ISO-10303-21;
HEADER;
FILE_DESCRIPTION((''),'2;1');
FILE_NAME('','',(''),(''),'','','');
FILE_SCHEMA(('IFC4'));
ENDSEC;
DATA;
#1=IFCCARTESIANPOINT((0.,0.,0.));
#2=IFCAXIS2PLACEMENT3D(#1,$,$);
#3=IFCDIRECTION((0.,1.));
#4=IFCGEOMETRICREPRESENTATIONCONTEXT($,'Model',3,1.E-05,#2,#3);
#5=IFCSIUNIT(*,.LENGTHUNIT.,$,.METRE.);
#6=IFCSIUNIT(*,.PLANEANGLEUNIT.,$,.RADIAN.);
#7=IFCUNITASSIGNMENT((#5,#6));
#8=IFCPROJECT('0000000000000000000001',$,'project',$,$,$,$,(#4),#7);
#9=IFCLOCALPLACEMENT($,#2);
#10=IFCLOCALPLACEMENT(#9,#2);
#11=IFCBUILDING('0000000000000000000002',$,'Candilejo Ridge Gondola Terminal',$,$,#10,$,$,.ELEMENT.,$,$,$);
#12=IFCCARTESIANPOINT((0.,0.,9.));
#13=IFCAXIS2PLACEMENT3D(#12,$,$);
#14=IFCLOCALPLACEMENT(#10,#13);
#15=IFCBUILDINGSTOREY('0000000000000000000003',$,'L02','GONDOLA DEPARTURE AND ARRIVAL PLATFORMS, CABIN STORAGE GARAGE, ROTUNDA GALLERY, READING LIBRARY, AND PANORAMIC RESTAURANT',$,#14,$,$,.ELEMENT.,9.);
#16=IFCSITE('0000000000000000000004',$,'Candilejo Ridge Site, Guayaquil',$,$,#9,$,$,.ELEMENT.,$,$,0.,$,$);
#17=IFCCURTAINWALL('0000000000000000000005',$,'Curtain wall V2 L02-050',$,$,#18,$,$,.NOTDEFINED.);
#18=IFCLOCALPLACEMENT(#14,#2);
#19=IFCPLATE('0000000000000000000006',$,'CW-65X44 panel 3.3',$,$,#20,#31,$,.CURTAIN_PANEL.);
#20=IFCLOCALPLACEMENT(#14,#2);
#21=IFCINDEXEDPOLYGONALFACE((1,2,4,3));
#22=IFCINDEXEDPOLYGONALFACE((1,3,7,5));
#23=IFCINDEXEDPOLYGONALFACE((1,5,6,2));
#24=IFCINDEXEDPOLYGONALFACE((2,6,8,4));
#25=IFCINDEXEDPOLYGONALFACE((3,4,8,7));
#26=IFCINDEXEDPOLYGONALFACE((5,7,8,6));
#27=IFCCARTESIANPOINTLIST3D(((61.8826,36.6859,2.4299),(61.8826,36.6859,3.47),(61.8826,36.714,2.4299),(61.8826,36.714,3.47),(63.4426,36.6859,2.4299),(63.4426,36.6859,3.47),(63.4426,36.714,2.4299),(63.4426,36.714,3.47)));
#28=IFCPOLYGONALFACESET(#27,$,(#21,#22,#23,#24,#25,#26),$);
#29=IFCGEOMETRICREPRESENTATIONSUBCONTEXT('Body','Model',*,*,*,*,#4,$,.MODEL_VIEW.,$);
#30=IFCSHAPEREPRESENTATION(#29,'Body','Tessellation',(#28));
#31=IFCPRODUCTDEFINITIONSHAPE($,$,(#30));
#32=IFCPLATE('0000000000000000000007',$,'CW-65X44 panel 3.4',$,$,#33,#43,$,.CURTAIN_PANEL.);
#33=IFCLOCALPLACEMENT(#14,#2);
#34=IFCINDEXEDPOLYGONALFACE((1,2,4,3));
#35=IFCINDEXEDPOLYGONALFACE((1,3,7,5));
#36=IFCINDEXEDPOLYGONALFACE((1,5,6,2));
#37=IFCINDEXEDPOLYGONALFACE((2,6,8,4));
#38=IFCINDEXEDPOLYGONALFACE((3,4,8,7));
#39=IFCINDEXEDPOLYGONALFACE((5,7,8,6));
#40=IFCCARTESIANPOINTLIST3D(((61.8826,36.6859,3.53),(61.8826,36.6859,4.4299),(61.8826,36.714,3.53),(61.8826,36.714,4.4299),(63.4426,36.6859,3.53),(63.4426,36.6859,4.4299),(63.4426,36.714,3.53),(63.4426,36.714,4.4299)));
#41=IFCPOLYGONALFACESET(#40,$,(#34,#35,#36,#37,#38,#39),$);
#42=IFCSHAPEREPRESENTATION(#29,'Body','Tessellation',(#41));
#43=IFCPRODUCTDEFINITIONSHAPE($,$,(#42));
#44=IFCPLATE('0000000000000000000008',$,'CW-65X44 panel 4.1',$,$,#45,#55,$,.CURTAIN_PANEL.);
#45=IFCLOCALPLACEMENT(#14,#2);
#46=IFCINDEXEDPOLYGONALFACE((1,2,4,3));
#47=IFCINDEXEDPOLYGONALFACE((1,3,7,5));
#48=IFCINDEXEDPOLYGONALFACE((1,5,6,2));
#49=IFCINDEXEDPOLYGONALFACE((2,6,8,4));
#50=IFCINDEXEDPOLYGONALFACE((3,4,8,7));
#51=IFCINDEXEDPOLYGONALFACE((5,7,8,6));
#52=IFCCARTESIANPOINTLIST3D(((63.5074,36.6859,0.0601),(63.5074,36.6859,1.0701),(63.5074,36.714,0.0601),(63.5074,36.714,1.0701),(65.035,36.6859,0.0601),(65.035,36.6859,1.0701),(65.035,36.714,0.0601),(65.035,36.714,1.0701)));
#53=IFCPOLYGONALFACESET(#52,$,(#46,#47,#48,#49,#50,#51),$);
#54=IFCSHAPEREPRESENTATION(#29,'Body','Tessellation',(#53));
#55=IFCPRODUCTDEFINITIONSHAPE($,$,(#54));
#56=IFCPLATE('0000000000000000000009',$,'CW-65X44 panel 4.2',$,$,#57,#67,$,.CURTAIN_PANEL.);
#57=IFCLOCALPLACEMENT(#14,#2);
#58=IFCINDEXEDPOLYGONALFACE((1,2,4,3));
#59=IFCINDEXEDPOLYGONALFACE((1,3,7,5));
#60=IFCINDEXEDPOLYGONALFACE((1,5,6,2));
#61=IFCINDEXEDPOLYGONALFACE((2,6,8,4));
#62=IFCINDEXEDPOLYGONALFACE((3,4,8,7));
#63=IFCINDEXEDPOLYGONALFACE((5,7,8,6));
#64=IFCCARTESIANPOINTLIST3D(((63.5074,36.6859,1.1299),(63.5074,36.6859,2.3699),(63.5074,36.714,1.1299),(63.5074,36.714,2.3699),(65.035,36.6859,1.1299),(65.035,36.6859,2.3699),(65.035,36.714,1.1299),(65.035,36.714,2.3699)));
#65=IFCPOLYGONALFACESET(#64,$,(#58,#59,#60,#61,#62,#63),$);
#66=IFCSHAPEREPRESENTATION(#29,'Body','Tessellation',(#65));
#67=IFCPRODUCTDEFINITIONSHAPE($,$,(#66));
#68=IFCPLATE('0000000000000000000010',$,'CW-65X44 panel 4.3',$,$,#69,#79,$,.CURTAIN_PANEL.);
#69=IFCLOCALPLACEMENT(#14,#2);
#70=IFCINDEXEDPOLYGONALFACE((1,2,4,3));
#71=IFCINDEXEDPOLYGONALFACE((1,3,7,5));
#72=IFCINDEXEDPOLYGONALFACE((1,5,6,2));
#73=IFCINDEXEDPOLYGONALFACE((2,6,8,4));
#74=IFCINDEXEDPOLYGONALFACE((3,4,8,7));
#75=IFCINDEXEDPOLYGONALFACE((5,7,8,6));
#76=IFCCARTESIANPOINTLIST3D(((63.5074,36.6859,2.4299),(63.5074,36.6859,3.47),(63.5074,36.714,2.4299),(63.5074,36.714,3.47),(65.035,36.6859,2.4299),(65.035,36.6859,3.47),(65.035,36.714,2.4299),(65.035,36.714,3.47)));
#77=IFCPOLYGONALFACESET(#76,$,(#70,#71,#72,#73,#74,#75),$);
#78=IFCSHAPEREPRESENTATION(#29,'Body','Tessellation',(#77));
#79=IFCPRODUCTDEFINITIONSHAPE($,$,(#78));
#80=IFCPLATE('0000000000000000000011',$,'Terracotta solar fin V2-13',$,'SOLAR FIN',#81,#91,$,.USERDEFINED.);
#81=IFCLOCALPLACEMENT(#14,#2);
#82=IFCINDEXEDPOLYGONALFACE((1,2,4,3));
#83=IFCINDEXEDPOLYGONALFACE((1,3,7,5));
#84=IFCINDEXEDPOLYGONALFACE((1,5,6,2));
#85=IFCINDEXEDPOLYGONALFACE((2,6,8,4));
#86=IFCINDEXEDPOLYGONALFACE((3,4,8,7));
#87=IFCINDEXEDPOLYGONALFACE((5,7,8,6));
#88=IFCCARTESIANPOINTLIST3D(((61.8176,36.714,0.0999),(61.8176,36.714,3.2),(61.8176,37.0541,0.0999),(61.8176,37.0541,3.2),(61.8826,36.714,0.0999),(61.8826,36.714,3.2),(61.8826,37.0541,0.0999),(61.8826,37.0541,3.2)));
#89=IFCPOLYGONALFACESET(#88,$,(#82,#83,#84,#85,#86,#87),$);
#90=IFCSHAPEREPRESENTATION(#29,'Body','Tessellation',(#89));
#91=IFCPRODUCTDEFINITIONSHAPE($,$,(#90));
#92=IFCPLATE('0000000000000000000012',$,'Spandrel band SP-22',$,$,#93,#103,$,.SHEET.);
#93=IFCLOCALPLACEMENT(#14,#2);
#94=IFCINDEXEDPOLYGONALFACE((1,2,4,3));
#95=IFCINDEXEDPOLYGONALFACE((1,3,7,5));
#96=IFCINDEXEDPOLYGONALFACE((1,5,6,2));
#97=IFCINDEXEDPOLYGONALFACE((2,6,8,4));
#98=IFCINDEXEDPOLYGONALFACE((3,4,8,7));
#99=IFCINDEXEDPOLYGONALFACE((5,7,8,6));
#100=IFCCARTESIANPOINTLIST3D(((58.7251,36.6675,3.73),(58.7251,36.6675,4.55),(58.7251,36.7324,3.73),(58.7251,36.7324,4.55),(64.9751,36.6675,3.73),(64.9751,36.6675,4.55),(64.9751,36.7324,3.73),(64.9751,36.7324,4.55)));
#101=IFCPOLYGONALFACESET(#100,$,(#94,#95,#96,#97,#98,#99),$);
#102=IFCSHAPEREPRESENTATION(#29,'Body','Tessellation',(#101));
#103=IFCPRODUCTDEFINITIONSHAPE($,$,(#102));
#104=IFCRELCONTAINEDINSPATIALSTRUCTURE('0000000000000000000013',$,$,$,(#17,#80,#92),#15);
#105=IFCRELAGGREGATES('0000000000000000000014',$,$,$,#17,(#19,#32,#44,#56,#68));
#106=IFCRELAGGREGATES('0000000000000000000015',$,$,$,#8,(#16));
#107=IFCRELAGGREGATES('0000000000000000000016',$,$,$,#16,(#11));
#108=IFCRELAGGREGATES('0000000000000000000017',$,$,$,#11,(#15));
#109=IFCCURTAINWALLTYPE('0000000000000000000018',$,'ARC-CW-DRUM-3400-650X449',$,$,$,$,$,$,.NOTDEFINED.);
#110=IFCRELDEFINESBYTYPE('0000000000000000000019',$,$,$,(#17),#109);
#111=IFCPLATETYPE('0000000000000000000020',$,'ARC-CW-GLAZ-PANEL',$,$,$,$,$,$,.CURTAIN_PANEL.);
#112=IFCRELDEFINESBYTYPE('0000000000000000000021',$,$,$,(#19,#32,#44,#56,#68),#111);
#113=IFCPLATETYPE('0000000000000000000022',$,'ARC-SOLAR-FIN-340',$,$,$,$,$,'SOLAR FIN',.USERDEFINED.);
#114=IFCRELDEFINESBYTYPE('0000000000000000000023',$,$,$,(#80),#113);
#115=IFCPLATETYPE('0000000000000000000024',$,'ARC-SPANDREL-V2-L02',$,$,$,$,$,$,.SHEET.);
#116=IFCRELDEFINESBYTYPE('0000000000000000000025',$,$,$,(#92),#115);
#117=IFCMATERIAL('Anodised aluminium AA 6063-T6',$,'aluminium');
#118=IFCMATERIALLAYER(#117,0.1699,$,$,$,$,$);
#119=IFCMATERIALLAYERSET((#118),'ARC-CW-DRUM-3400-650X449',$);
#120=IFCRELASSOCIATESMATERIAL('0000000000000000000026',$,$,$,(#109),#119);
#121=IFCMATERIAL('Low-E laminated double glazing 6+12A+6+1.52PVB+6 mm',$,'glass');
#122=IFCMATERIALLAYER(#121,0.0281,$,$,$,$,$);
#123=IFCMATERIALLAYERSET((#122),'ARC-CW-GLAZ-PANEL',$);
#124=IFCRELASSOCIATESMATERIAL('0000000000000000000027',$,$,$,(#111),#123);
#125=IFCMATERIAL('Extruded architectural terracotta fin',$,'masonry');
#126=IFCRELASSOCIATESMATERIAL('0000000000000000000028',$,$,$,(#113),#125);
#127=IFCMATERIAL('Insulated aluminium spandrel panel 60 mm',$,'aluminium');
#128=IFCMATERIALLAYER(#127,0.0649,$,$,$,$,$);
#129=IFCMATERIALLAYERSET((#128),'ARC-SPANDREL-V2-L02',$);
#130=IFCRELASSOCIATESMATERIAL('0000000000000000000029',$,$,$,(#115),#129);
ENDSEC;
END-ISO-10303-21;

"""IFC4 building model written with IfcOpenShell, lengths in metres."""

from ifc_helpers import new_model, si_unit, direction, frame, origin, origin_2d, place, context, subcontext, project, spatial, rectangle, extrude, material, layer, layer_set, type_object, element, aggregate, save


model = new_model("IFC4")

# Units and contexts
model_context = context("Model", 3, precision=1e-05, world=origin(), true_north=direction((0.0, 1.0)))
body_context = subcontext(model_context, "Body", "Model", "MODEL_VIEW")
ifc_project = project(units=[si_unit("LENGTHUNIT", "METRE"), si_unit("PLANEANGLEUNIT", "RADIAN")], contexts=[model_context])

# Site, building, storey
site_placement = place(None, origin())
site = spatial("IfcSite", under=ifc_project, at=site_placement, Name="Candilejo Ridge Site, Guayaquil", CompositionType="ELEMENT", RefElevation=0.0)
building_placement = place(site_placement, origin())
building = spatial("IfcBuilding", under=site, at=building_placement, Name="Candilejo Ridge Gondola Terminal", CompositionType="ELEMENT")
storey_placement = place(building_placement, frame((0.0, 0.0, 9.0)))
storey = spatial("IfcBuildingStorey", under=building, at=storey_placement, Name="L02", Description="GONDOLA DEPARTURE AND ARRIVAL PLATFORMS, CABIN STORAGE GARAGE, ROTUNDA GALLERY, READING LIBRARY, AND PANORAMIC RESTAURANT", CompositionType="ELEMENT", Elevation=9.0)

# Curtain wall
ifc_material_1 = material(Name="Anodised aluminium AA 6063-T6", Category="aluminium")
ifc_layer_1 = layer(ifc_material_1, 0.1699)
ifc_layer_set_1 = layer_set([ifc_layer_1], Name="ARC-CW-DRUM-3400-650X449")
curtain_wall_type = type_object("IfcCurtainWallType", Name="ARC-CW-DRUM-3400-650X449", PredefinedType="NOTDEFINED", material=ifc_layer_set_1)
curtain_wall_placement = place(storey_placement, origin())
curtain_wall = element("IfcCurtainWall", 1, at=curtain_wall_placement, inside=storey, type_object=curtain_wall_type, Name="Curtain wall V2 L02-050", PredefinedType="NOTDEFINED")

# Plates
ifc_material_2 = material(Name="Low-E laminated double glazing 6+12A+6+1.52PVB+6 mm", Category="glass")
ifc_layer_2 = layer(ifc_material_2, 0.0281)
ifc_layer_set_2 = layer_set([ifc_layer_2], Name="ARC-CW-GLAZ-PANEL")
plate_type_1 = type_object("IfcPlateType", Name="ARC-CW-GLAZ-PANEL", PredefinedType="CURTAIN_PANEL", material=ifc_layer_set_2)
plate_1_placement = place(storey_placement, frame((62.6626, 36.7, 2.4299), z_axis=(0.0, 0.0, 1.0), x_axis=(1.0, 0.0, 0.0)))
plate_1 = element("IfcPlate", 2, at=plate_1_placement, type_object=plate_type_1, Name="CW-65X44 panel 3.3", PredefinedType="CURTAIN_PANEL", context=body_context, shape_type="SweptSolid", body=[
    extrude(rectangle(XDim=1.5601, YDim=0.0281, at=origin_2d()), origin(), (0.0, 0.0, 1.0), 1.04),
])
plate_2_placement = place(storey_placement, frame((62.6626, 36.7, 3.53), z_axis=(0.0, 0.0, 1.0), x_axis=(1.0, 0.0, 0.0)))
plate_2 = element("IfcPlate", 3, at=plate_2_placement, type_object=plate_type_1, Name="CW-65X44 panel 3.4", PredefinedType="CURTAIN_PANEL", context=body_context, shape_type="SweptSolid", body=[
    extrude(rectangle(XDim=1.5601, YDim=0.0281, at=origin_2d()), origin(), (0.0, 0.0, 1.0), 0.8999),
])
plate_3_placement = place(storey_placement, frame((64.2712, 36.7, 0.0601), z_axis=(0.0, 0.0, 1.0), x_axis=(1.0, 0.0, 0.0)))
plate_3 = element("IfcPlate", 4, at=plate_3_placement, type_object=plate_type_1, Name="CW-65X44 panel 4.1", PredefinedType="CURTAIN_PANEL", context=body_context, shape_type="SweptSolid", body=[
    extrude(rectangle(XDim=1.5276, YDim=0.0281, at=origin_2d()), origin(), (0.0, 0.0, 1.0), 1.01),
])
plate_4_placement = place(storey_placement, frame((64.2712, 36.7, 1.1299), z_axis=(0.0, 0.0, 1.0), x_axis=(1.0, 0.0, 0.0)))
plate_4 = element("IfcPlate", 5, at=plate_4_placement, type_object=plate_type_1, Name="CW-65X44 panel 4.2", PredefinedType="CURTAIN_PANEL", context=body_context, shape_type="SweptSolid", body=[
    extrude(rectangle(XDim=1.5276, YDim=0.0281, at=origin_2d()), origin(), (0.0, 0.0, 1.0), 1.24),
])
plate_5_placement = place(storey_placement, frame((64.2712, 36.7, 2.4299), z_axis=(0.0, 0.0, 1.0), x_axis=(1.0, 0.0, 0.0)))
plate_5 = element("IfcPlate", 6, at=plate_5_placement, type_object=plate_type_1, Name="CW-65X44 panel 4.3", PredefinedType="CURTAIN_PANEL", context=body_context, shape_type="SweptSolid", body=[
    extrude(rectangle(XDim=1.5276, YDim=0.0281, at=origin_2d()), origin(), (0.0, 0.0, 1.0), 1.04),
])
aggregate(curtain_wall, [plate_1, plate_2, plate_3, plate_4, plate_5])

# Plates
ifc_material_3 = material(Name="Extruded architectural terracotta fin", Category="masonry")
plate_type_2 = type_object("IfcPlateType", Name="ARC-SOLAR-FIN-340", ElementType="SOLAR FIN", PredefinedType="USERDEFINED", material=ifc_material_3)
plate_6_placement = place(storey_placement, frame((61.8501, 36.884, 0.0999), z_axis=(0.0, 0.0, 1.0), x_axis=(1.0, 0.0, 0.0)))
element("IfcPlate", 7, at=plate_6_placement, inside=storey, type_object=plate_type_2, Name="Terracotta solar fin V2-13", ObjectType="SOLAR FIN", PredefinedType="USERDEFINED", context=body_context, shape_type="SweptSolid", body=[
    extrude(rectangle(XDim=0.0649, YDim=0.3401, at=origin_2d()), origin(), (0.0, 0.0, 1.0), 3.1001),
])
ifc_material_4 = material(Name="Insulated aluminium spandrel panel 60 mm", Category="aluminium")
ifc_layer_3 = layer(ifc_material_4, 0.0649)
ifc_layer_set_3 = layer_set([ifc_layer_3], Name="ARC-SPANDREL-V2-L02")
plate_type_3 = type_object("IfcPlateType", Name="ARC-SPANDREL-V2-L02", PredefinedType="SHEET", material=ifc_layer_set_3)
plate_7_placement = place(storey_placement, frame((61.8501, 36.7, 3.73), z_axis=(0.0, 0.0, 1.0), x_axis=(1.0, 0.0, 0.0)))
element("IfcPlate", 8, at=plate_7_placement, inside=storey, type_object=plate_type_3, Name="Spandrel band SP-22", PredefinedType="SHEET", context=body_context, shape_type="SweptSolid", body=[
    extrude(rectangle(XDim=6.25, YDim=0.0649, at=origin_2d()), origin(), (0.0, 0.0, 1.0), 0.8201),
])

save(model, "model.ifc")
